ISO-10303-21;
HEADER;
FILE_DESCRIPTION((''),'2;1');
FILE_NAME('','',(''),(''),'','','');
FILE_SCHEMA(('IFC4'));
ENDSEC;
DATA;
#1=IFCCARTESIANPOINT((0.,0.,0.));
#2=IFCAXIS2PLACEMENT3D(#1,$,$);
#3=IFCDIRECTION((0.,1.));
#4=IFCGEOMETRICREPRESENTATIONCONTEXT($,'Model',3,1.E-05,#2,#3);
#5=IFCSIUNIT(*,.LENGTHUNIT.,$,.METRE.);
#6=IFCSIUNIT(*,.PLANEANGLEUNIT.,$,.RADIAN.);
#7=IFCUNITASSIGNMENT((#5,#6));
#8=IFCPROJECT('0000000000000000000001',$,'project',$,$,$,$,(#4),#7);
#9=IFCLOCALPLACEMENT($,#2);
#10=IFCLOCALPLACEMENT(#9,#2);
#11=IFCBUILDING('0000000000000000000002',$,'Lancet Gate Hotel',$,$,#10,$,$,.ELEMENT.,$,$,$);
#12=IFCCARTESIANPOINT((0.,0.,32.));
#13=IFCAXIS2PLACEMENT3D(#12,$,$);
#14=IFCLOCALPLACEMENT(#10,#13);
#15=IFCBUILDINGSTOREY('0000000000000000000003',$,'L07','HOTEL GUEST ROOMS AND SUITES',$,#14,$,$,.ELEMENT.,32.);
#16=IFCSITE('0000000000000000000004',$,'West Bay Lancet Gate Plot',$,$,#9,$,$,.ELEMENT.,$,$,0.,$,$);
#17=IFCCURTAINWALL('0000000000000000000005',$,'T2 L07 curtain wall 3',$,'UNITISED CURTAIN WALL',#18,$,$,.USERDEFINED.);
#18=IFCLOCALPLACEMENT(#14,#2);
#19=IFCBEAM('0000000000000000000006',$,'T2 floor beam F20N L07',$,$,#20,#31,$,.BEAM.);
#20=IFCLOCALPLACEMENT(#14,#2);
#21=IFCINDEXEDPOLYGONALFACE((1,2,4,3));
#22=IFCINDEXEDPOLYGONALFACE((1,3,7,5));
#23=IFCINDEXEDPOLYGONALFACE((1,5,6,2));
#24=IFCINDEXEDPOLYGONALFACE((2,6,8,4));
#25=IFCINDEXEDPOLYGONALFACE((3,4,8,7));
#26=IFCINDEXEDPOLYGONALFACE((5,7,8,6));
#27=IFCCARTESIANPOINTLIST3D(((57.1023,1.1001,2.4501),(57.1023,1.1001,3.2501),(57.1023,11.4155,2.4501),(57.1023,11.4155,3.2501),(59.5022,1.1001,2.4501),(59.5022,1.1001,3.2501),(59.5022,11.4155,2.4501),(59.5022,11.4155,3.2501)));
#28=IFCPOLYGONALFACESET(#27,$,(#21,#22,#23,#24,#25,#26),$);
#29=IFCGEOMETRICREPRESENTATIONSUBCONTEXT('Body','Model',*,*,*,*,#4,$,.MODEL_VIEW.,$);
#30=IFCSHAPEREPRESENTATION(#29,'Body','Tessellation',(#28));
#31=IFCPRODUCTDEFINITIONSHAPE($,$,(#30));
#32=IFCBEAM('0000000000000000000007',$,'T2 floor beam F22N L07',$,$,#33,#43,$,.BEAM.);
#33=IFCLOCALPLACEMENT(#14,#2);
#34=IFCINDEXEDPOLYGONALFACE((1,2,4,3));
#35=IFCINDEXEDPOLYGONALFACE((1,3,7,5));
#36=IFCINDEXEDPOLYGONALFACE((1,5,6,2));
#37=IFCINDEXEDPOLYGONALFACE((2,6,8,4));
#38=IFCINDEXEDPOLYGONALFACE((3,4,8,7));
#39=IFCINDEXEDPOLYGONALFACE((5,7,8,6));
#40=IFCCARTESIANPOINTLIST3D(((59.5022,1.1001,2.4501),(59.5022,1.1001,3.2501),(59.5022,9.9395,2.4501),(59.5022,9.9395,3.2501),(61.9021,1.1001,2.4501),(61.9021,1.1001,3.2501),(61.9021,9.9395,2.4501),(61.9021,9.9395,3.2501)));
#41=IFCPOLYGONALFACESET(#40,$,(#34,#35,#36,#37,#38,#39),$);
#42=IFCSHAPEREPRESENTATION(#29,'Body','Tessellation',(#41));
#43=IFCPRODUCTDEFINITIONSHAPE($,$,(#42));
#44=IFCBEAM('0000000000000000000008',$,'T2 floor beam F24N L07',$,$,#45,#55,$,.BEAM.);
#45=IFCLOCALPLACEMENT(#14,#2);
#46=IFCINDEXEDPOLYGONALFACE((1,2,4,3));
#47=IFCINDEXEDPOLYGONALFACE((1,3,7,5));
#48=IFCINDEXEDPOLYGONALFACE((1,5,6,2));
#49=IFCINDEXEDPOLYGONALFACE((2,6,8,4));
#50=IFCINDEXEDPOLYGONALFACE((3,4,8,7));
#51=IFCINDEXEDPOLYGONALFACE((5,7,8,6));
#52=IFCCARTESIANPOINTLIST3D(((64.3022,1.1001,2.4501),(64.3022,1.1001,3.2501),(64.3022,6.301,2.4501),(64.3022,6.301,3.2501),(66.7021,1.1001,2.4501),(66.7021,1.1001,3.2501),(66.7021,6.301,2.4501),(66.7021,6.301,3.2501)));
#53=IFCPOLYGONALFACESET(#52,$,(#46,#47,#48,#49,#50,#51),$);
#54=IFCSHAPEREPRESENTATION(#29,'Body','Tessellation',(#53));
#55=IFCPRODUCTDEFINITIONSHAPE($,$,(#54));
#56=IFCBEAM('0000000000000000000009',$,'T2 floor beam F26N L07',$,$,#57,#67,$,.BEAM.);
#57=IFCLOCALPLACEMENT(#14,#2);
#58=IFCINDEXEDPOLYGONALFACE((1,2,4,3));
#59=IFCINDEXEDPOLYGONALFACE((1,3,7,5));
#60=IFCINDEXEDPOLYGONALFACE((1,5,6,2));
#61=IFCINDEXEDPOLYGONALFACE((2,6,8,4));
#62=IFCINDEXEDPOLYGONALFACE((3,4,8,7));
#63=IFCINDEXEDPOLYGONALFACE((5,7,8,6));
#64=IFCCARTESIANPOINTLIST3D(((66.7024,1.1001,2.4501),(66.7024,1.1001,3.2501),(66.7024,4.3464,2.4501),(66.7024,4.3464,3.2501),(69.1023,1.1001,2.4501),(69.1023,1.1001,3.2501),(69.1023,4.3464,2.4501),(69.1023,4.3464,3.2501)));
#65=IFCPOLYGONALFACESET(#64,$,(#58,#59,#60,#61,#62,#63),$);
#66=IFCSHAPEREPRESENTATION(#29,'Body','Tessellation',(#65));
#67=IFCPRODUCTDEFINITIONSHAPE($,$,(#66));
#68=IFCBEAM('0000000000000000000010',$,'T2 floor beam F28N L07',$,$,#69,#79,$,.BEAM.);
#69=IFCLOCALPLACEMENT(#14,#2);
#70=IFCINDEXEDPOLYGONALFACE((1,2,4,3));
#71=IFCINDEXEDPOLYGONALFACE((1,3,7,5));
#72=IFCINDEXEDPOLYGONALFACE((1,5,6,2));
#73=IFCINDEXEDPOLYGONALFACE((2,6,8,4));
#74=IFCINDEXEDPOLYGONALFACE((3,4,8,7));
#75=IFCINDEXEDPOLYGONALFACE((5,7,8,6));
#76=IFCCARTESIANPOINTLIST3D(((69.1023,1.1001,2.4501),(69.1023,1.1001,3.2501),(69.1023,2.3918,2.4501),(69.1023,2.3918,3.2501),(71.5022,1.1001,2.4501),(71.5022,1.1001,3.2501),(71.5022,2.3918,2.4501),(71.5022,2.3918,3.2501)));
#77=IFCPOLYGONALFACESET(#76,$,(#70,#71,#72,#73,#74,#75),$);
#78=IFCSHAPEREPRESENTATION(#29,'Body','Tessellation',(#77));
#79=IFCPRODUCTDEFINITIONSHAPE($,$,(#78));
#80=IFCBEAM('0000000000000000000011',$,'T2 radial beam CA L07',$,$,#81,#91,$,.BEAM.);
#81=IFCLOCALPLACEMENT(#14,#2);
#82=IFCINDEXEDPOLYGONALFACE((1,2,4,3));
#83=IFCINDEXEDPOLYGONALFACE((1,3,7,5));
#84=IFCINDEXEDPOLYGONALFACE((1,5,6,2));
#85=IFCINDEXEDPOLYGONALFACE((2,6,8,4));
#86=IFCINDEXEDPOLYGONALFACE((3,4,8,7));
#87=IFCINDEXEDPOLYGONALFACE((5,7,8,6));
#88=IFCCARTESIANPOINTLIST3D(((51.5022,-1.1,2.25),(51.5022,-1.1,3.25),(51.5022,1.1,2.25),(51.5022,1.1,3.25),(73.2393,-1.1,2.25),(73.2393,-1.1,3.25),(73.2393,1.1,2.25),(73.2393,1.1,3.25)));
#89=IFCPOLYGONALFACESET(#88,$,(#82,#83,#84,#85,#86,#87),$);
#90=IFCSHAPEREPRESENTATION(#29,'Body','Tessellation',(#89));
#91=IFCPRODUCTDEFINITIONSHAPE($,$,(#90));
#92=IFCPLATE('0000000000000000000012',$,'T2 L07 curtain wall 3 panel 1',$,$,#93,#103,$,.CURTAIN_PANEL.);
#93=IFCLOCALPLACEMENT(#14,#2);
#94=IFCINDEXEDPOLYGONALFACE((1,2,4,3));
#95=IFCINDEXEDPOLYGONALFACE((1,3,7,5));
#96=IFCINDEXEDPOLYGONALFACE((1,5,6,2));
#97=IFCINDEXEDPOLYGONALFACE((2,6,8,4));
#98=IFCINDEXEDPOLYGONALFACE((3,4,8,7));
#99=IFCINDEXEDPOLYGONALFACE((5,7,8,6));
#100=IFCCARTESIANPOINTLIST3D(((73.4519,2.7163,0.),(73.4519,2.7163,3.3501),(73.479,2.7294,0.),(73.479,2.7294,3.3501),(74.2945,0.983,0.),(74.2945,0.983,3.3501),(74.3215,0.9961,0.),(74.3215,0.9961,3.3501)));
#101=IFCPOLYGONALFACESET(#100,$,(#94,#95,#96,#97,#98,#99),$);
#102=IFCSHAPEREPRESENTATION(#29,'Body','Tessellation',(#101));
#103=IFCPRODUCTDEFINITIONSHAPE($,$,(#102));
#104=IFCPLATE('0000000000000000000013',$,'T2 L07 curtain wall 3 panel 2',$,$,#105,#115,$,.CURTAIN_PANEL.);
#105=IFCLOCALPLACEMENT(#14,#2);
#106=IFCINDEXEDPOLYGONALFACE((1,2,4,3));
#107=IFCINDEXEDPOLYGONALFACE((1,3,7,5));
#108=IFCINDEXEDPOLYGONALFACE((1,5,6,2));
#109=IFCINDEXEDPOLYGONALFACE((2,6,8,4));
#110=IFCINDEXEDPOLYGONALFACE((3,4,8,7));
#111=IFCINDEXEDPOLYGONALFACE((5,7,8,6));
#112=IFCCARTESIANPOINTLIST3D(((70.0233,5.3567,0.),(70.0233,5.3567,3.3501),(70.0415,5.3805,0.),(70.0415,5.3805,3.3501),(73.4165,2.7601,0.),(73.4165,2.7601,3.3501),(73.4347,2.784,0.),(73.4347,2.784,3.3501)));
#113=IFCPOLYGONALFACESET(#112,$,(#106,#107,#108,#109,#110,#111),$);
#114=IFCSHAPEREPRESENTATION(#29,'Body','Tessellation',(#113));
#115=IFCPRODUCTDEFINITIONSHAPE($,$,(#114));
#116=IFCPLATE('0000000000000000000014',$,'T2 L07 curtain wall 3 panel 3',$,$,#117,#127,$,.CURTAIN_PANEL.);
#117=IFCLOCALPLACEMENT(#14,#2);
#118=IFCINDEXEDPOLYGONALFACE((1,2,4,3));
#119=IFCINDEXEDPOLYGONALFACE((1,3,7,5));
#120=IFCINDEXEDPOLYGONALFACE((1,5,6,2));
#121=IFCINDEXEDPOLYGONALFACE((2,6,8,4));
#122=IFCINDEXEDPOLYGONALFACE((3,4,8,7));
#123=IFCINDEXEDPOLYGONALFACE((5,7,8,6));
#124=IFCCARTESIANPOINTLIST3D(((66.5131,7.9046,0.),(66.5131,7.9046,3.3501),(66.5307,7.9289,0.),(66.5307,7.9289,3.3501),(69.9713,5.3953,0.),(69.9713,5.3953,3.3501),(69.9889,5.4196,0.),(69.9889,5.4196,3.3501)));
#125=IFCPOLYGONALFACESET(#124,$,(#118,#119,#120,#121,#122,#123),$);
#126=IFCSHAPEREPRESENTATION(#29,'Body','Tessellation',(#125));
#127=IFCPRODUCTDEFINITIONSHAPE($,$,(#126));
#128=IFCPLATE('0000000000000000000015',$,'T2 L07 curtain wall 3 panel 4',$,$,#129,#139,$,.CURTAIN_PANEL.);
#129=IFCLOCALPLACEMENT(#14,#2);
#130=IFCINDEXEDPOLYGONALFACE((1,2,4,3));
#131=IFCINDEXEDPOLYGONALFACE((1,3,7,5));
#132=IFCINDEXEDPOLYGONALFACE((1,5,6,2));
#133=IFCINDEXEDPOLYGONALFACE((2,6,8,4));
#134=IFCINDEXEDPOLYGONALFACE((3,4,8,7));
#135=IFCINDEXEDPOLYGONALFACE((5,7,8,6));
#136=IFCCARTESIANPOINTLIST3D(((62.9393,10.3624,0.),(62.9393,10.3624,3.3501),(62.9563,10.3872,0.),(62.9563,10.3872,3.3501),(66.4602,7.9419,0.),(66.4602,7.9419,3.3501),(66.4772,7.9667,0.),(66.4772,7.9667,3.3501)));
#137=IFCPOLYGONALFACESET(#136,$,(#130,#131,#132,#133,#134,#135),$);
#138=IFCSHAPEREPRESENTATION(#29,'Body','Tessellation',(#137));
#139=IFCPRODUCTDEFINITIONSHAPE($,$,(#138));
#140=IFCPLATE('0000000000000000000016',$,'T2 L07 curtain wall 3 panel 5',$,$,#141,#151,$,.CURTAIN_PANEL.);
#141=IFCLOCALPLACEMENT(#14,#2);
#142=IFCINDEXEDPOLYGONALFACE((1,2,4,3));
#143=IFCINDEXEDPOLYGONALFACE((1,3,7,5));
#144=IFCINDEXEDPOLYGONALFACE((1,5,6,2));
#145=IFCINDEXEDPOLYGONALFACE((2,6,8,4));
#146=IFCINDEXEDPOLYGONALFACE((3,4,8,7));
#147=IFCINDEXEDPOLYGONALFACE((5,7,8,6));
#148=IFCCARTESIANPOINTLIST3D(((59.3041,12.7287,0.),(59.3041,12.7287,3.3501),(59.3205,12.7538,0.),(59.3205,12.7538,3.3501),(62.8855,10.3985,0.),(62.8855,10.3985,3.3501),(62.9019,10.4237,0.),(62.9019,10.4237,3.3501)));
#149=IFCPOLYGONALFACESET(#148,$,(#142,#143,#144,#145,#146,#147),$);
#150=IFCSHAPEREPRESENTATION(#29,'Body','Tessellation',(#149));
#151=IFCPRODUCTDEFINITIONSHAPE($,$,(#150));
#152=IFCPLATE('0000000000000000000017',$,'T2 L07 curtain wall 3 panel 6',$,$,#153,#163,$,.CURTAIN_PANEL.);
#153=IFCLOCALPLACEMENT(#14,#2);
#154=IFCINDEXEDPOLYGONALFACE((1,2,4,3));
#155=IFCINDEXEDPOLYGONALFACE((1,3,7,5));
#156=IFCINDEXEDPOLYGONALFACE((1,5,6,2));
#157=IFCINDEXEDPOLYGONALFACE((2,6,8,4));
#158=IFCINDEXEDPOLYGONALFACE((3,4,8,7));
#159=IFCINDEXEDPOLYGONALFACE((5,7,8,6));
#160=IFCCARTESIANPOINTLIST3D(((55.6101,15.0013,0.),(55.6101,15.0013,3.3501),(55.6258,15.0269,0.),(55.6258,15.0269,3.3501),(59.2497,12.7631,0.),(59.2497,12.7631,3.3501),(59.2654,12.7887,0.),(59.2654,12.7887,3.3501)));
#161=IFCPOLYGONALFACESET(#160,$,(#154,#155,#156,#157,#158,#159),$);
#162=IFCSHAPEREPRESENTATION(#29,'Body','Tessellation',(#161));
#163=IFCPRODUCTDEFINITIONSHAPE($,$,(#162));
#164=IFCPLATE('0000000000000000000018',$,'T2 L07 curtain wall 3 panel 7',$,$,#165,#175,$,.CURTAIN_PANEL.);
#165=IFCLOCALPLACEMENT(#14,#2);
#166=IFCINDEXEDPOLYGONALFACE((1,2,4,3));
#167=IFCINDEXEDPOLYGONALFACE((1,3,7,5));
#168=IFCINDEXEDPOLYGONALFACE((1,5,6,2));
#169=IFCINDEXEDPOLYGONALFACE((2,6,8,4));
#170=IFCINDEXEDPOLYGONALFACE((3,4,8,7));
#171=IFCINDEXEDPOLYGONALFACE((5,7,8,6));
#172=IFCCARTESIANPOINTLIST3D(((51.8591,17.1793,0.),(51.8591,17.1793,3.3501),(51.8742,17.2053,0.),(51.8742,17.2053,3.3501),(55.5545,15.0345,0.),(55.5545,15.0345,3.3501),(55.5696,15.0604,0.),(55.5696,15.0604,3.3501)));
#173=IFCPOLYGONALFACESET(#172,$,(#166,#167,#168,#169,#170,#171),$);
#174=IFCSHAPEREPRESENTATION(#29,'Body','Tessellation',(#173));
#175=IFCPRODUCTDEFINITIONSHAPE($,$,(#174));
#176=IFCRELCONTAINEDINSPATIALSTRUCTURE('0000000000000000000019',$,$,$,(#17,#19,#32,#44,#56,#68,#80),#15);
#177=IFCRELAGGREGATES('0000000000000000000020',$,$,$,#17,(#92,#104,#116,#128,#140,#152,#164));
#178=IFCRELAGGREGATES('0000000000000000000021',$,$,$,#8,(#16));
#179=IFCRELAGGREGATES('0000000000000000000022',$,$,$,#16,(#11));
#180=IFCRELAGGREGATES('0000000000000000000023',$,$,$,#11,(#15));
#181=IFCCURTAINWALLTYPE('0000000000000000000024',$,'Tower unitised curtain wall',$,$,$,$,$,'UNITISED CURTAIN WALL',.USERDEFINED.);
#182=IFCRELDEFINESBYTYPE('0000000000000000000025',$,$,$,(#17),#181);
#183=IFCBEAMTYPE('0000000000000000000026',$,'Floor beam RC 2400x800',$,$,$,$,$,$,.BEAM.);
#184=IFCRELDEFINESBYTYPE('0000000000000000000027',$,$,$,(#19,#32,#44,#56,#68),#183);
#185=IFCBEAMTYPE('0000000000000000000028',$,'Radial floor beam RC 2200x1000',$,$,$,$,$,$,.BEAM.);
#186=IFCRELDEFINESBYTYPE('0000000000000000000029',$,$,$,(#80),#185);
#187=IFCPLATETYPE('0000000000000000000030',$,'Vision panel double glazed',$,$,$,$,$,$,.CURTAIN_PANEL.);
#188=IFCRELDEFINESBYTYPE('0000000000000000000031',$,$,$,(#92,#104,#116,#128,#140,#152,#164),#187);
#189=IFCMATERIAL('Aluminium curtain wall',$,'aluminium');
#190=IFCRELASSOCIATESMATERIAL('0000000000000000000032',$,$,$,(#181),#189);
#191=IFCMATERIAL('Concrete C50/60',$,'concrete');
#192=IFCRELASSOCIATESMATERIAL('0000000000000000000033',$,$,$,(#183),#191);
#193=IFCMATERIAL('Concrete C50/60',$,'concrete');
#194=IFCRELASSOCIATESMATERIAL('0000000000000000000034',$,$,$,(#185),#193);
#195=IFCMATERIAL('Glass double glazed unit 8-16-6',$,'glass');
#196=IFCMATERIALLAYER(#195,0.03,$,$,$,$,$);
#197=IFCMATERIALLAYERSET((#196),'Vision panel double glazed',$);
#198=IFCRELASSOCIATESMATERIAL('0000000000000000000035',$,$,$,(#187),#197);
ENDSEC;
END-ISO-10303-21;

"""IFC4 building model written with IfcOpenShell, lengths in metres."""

from ifc_helpers import new_model, si_unit, direction, frame, origin, origin_2d, place, context, subcontext, project, spatial, rectangle, extrude, material, layer, layer_set, material_profile, profile_set, type_object, element, aggregate, save


model = new_model("IFC4")

# Units and contexts
model_context = context("Model", 3, precision=1e-05, world=origin(), true_north=direction((0.0, 1.0)))
body_context = subcontext(model_context, "Body", "Model", "MODEL_VIEW")
ifc_project = project(units=[si_unit("LENGTHUNIT", "METRE"), si_unit("PLANEANGLEUNIT", "RADIAN")], contexts=[model_context])

# Site, building, storey
site_placement = place(None, origin())
site = spatial("IfcSite", under=ifc_project, at=site_placement, Name="West Bay Lancet Gate Plot", CompositionType="ELEMENT", RefElevation=0.0)
building_placement = place(site_placement, origin())
building = spatial("IfcBuilding", under=site, at=building_placement, Name="Lancet Gate Hotel", CompositionType="ELEMENT")
storey_placement = place(building_placement, frame((0.0, 0.0, 32.0)))
storey = spatial("IfcBuildingStorey", under=building, at=storey_placement, Name="L07", Description="HOTEL GUEST ROOMS AND SUITES", CompositionType="ELEMENT", Elevation=32.0)

# Curtain wall
ifc_material_1 = material(Name="Aluminium curtain wall", Category="aluminium")
curtain_wall_type = type_object("IfcCurtainWallType", Name="Tower unitised curtain wall", ElementType="UNITISED CURTAIN WALL", PredefinedType="USERDEFINED", material=ifc_material_1)
curtain_wall_placement = place(storey_placement, origin())
curtain_wall = element("IfcCurtainWall", 1, at=curtain_wall_placement, inside=storey, type_object=curtain_wall_type, Name="T2 L07 curtain wall 3", ObjectType="UNITISED CURTAIN WALL", PredefinedType="USERDEFINED")

# Beams
ifc_material_2 = material(Name="Concrete C50/60", Category="concrete")
ifc_material_profile_1 = material_profile(ifc_material_2, rectangle(XDim=2.3999, YDim=0.8, at=origin_2d()), Name="RC 2400x800")
ifc_profile_set_1 = profile_set([ifc_material_profile_1], Name="Concrete C50/60")
beam_type_1 = type_object("IfcBeamType", Name="Floor beam RC 2400x800", PredefinedType="BEAM", material=ifc_profile_set_1)
beam_1_placement = place(storey_placement, frame((58.3022, 1.1001, 2.8501), z_axis=(0.0, 1.0, 0.0), x_axis=(-1.0, 0.0, 0.0)))
element("IfcBeam", 2, at=beam_1_placement, inside=storey, type_object=beam_type_1, Name="T2 floor beam F20N L07", PredefinedType="BEAM", context=body_context, shape_type="SweptSolid", body=[
    extrude(rectangle(XDim=2.3999, YDim=0.8, at=origin_2d()), origin(), (0.0, 0.0, 1.0), 10.3154),
])
beam_2_placement = place(storey_placement, frame((60.7021, 1.1001, 2.8501), z_axis=(0.0, 1.0, 0.0), x_axis=(-1.0, 0.0, 0.0)))
element("IfcBeam", 3, at=beam_2_placement, inside=storey, type_object=beam_type_1, Name="T2 floor beam F22N L07", PredefinedType="BEAM", context=body_context, shape_type="SweptSolid", body=[
    extrude(rectangle(XDim=2.3999, YDim=0.8, at=origin_2d()), origin(), (0.0, 0.0, 1.0), 8.8394),
])
beam_3_placement = place(storey_placement, frame((65.5022, 1.1001, 2.8501), z_axis=(0.0, 1.0, 0.0), x_axis=(-1.0, 0.0, 0.0)))
element("IfcBeam", 4, at=beam_3_placement, inside=storey, type_object=beam_type_1, Name="T2 floor beam F24N L07", PredefinedType="BEAM", context=body_context, shape_type="SweptSolid", body=[
    extrude(rectangle(XDim=2.3999, YDim=0.8, at=origin_2d()), origin(), (0.0, 0.0, 1.0), 5.2009),
])
beam_4_placement = place(storey_placement, frame((67.9023, 1.1001, 2.8501), z_axis=(0.0, 1.0, 0.0), x_axis=(-1.0, 0.0, 0.0)))
element("IfcBeam", 5, at=beam_4_placement, inside=storey, type_object=beam_type_1, Name="T2 floor beam F26N L07", PredefinedType="BEAM", context=body_context, shape_type="SweptSolid", body=[
    extrude(rectangle(XDim=2.3999, YDim=0.8, at=origin_2d()), origin(), (0.0, 0.0, 1.0), 3.2463),
])
beam_5_placement = place(storey_placement, frame((70.3022, 1.1001, 2.8501), z_axis=(0.0, 1.0, 0.0), x_axis=(-1.0, 0.0, 0.0)))
element("IfcBeam", 6, at=beam_5_placement, inside=storey, type_object=beam_type_1, Name="T2 floor beam F28N L07", PredefinedType="BEAM", context=body_context, shape_type="SweptSolid", body=[
    extrude(rectangle(XDim=2.3999, YDim=0.8, at=origin_2d()), origin(), (0.0, 0.0, 1.0), 1.2917),
])
ifc_material_3 = material(Name="Concrete C50/60", Category="concrete")
ifc_material_profile_2 = material_profile(ifc_material_3, rectangle(XDim=2.2, YDim=1.0, at=origin_2d()), Name="RC 2200x1000")
ifc_profile_set_2 = profile_set([ifc_material_profile_2], Name="Concrete C50/60")
beam_type_2 = type_object("IfcBeamType", Name="Radial floor beam RC 2200x1000", PredefinedType="BEAM", material=ifc_profile_set_2)
beam_6_placement = place(storey_placement, frame((73.2393, 0.0, 2.75), z_axis=(-1.0, 0.0, 0.0), x_axis=(0.0, -1.0, 0.0)))
element("IfcBeam", 7, at=beam_6_placement, inside=storey, type_object=beam_type_2, Name="T2 radial beam CA L07", PredefinedType="BEAM", context=body_context, shape_type="SweptSolid", body=[
    extrude(rectangle(XDim=2.2, YDim=1.0, at=origin_2d()), origin(), (0.0, 0.0, 1.0), 21.7371),
])

# Plates
ifc_material_4 = material(Name="Glass double glazed unit 8-16-6", Category="glass")
ifc_layer = layer(ifc_material_4, 0.03)
ifc_layer_set = layer_set([ifc_layer], Name="Vision panel double glazed")
plate_type = type_object("IfcPlateType", Name="Vision panel double glazed", PredefinedType="CURTAIN_PANEL", material=ifc_layer_set)
plate_1_placement = place(storey_placement, frame((73.8867, 1.8562, 0.0), z_axis=(0.0, 0.0, 1.0), x_axis=(-0.437169, 0.899379, 0.0)))
plate_1 = element("IfcPlate", 8, at=plate_1_placement, type_object=plate_type, Name="T2 L07 curtain wall 3 panel 1", PredefinedType="CURTAIN_PANEL", context=body_context, shape_type="SweptSolid", body=[
    extrude(rectangle(XDim=1.9272, YDim=0.03, at=origin_2d()), origin(), (0.0, 0.0, 1.0), 3.3501),
])
plate_2_placement = place(storey_placement, frame((71.729, 4.0703, 0.0), z_axis=(0.0, 0.0, 1.0), x_axis=(-0.79416, 0.607709, 0.0)))
plate_2 = element("IfcPlate", 9, at=plate_2_placement, type_object=plate_type, Name="T2 L07 curtain wall 3 panel 2", PredefinedType="CURTAIN_PANEL", context=body_context, shape_type="SweptSolid", body=[
    extrude(rectangle(XDim=4.2727, YDim=0.03, at=origin_2d()), origin(), (0.0, 0.0, 1.0), 3.3501),
])
plate_3_placement = place(storey_placement, frame((68.251, 6.6621, 0.0), z_axis=(0.0, 0.0, 1.0), x_axis=(-0.80937, 0.587299, 0.0)))
plate_3 = element("IfcPlate", 10, at=plate_3_placement, type_object=plate_type, Name="T2 L07 curtain wall 3 panel 3", PredefinedType="CURTAIN_PANEL", context=body_context, shape_type="SweptSolid", body=[
    extrude(rectangle(XDim=4.2727, YDim=0.03, at=origin_2d()), origin(), (0.0, 0.0, 1.0), 3.3501),
])
plate_4_placement = place(storey_placement, frame((64.7083, 9.1646, 0.0), z_axis=(0.0, 0.0, 1.0), x_axis=(-0.824055, 0.566509, 0.0)))
plate_4 = element("IfcPlate", 11, at=plate_4_placement, type_object=plate_type, Name="T2 L07 curtain wall 3 panel 4", PredefinedType="CURTAIN_PANEL", context=body_context, shape_type="SweptSolid", body=[
    extrude(rectangle(XDim=4.2727, YDim=0.03, at=origin_2d()), origin(), (0.0, 0.0, 1.0), 3.3501),
])
plate_5_placement = place(storey_placement, frame((61.103, 11.5762, 0.0), z_axis=(0.0, 0.0, 1.0), x_axis=(-0.838207, 0.545353, 0.0)))
plate_5 = element("IfcPlate", 12, at=plate_5_placement, type_object=plate_type, Name="T2 L07 curtain wall 3 panel 5", PredefinedType="CURTAIN_PANEL", context=body_context, shape_type="SweptSolid", body=[
    extrude(rectangle(XDim=4.2727, YDim=0.03, at=origin_2d()), origin(), (0.0, 0.0, 1.0), 3.3501),
])
plate_6_placement = place(storey_placement, frame((57.4377, 13.895, 0.0), z_axis=(0.0, 0.0, 1.0), x_axis=(-0.851815, 0.523842, 0.0)))
plate_6 = element("IfcPlate", 13, at=plate_6_placement, type_object=plate_type, Name="T2 L07 curtain wall 3 panel 6", PredefinedType="CURTAIN_PANEL", context=body_context, shape_type="SweptSolid", body=[
    extrude(rectangle(XDim=4.2727, YDim=0.03, at=origin_2d()), origin(), (0.0, 0.0, 1.0), 3.3501),
])
plate_7_placement = place(storey_placement, frame((53.7144, 16.1199, 0.0), z_axis=(0.0, 0.0, 1.0), x_axis=(-0.864872, 0.501993, 0.0)))
plate_7 = element("IfcPlate", 14, at=plate_7_placement, type_object=plate_type, Name="T2 L07 curtain wall 3 panel 7", PredefinedType="CURTAIN_PANEL", context=body_context, shape_type="SweptSolid", body=[
    extrude(rectangle(XDim=4.2727, YDim=0.03, at=origin_2d()), origin(), (0.0, 0.0, 1.0), 3.3501),
])
aggregate(curtain_wall, [plate_1, plate_2, plate_3, plate_4, plate_5, plate_6, plate_7])

save(model, "model.ifc")
